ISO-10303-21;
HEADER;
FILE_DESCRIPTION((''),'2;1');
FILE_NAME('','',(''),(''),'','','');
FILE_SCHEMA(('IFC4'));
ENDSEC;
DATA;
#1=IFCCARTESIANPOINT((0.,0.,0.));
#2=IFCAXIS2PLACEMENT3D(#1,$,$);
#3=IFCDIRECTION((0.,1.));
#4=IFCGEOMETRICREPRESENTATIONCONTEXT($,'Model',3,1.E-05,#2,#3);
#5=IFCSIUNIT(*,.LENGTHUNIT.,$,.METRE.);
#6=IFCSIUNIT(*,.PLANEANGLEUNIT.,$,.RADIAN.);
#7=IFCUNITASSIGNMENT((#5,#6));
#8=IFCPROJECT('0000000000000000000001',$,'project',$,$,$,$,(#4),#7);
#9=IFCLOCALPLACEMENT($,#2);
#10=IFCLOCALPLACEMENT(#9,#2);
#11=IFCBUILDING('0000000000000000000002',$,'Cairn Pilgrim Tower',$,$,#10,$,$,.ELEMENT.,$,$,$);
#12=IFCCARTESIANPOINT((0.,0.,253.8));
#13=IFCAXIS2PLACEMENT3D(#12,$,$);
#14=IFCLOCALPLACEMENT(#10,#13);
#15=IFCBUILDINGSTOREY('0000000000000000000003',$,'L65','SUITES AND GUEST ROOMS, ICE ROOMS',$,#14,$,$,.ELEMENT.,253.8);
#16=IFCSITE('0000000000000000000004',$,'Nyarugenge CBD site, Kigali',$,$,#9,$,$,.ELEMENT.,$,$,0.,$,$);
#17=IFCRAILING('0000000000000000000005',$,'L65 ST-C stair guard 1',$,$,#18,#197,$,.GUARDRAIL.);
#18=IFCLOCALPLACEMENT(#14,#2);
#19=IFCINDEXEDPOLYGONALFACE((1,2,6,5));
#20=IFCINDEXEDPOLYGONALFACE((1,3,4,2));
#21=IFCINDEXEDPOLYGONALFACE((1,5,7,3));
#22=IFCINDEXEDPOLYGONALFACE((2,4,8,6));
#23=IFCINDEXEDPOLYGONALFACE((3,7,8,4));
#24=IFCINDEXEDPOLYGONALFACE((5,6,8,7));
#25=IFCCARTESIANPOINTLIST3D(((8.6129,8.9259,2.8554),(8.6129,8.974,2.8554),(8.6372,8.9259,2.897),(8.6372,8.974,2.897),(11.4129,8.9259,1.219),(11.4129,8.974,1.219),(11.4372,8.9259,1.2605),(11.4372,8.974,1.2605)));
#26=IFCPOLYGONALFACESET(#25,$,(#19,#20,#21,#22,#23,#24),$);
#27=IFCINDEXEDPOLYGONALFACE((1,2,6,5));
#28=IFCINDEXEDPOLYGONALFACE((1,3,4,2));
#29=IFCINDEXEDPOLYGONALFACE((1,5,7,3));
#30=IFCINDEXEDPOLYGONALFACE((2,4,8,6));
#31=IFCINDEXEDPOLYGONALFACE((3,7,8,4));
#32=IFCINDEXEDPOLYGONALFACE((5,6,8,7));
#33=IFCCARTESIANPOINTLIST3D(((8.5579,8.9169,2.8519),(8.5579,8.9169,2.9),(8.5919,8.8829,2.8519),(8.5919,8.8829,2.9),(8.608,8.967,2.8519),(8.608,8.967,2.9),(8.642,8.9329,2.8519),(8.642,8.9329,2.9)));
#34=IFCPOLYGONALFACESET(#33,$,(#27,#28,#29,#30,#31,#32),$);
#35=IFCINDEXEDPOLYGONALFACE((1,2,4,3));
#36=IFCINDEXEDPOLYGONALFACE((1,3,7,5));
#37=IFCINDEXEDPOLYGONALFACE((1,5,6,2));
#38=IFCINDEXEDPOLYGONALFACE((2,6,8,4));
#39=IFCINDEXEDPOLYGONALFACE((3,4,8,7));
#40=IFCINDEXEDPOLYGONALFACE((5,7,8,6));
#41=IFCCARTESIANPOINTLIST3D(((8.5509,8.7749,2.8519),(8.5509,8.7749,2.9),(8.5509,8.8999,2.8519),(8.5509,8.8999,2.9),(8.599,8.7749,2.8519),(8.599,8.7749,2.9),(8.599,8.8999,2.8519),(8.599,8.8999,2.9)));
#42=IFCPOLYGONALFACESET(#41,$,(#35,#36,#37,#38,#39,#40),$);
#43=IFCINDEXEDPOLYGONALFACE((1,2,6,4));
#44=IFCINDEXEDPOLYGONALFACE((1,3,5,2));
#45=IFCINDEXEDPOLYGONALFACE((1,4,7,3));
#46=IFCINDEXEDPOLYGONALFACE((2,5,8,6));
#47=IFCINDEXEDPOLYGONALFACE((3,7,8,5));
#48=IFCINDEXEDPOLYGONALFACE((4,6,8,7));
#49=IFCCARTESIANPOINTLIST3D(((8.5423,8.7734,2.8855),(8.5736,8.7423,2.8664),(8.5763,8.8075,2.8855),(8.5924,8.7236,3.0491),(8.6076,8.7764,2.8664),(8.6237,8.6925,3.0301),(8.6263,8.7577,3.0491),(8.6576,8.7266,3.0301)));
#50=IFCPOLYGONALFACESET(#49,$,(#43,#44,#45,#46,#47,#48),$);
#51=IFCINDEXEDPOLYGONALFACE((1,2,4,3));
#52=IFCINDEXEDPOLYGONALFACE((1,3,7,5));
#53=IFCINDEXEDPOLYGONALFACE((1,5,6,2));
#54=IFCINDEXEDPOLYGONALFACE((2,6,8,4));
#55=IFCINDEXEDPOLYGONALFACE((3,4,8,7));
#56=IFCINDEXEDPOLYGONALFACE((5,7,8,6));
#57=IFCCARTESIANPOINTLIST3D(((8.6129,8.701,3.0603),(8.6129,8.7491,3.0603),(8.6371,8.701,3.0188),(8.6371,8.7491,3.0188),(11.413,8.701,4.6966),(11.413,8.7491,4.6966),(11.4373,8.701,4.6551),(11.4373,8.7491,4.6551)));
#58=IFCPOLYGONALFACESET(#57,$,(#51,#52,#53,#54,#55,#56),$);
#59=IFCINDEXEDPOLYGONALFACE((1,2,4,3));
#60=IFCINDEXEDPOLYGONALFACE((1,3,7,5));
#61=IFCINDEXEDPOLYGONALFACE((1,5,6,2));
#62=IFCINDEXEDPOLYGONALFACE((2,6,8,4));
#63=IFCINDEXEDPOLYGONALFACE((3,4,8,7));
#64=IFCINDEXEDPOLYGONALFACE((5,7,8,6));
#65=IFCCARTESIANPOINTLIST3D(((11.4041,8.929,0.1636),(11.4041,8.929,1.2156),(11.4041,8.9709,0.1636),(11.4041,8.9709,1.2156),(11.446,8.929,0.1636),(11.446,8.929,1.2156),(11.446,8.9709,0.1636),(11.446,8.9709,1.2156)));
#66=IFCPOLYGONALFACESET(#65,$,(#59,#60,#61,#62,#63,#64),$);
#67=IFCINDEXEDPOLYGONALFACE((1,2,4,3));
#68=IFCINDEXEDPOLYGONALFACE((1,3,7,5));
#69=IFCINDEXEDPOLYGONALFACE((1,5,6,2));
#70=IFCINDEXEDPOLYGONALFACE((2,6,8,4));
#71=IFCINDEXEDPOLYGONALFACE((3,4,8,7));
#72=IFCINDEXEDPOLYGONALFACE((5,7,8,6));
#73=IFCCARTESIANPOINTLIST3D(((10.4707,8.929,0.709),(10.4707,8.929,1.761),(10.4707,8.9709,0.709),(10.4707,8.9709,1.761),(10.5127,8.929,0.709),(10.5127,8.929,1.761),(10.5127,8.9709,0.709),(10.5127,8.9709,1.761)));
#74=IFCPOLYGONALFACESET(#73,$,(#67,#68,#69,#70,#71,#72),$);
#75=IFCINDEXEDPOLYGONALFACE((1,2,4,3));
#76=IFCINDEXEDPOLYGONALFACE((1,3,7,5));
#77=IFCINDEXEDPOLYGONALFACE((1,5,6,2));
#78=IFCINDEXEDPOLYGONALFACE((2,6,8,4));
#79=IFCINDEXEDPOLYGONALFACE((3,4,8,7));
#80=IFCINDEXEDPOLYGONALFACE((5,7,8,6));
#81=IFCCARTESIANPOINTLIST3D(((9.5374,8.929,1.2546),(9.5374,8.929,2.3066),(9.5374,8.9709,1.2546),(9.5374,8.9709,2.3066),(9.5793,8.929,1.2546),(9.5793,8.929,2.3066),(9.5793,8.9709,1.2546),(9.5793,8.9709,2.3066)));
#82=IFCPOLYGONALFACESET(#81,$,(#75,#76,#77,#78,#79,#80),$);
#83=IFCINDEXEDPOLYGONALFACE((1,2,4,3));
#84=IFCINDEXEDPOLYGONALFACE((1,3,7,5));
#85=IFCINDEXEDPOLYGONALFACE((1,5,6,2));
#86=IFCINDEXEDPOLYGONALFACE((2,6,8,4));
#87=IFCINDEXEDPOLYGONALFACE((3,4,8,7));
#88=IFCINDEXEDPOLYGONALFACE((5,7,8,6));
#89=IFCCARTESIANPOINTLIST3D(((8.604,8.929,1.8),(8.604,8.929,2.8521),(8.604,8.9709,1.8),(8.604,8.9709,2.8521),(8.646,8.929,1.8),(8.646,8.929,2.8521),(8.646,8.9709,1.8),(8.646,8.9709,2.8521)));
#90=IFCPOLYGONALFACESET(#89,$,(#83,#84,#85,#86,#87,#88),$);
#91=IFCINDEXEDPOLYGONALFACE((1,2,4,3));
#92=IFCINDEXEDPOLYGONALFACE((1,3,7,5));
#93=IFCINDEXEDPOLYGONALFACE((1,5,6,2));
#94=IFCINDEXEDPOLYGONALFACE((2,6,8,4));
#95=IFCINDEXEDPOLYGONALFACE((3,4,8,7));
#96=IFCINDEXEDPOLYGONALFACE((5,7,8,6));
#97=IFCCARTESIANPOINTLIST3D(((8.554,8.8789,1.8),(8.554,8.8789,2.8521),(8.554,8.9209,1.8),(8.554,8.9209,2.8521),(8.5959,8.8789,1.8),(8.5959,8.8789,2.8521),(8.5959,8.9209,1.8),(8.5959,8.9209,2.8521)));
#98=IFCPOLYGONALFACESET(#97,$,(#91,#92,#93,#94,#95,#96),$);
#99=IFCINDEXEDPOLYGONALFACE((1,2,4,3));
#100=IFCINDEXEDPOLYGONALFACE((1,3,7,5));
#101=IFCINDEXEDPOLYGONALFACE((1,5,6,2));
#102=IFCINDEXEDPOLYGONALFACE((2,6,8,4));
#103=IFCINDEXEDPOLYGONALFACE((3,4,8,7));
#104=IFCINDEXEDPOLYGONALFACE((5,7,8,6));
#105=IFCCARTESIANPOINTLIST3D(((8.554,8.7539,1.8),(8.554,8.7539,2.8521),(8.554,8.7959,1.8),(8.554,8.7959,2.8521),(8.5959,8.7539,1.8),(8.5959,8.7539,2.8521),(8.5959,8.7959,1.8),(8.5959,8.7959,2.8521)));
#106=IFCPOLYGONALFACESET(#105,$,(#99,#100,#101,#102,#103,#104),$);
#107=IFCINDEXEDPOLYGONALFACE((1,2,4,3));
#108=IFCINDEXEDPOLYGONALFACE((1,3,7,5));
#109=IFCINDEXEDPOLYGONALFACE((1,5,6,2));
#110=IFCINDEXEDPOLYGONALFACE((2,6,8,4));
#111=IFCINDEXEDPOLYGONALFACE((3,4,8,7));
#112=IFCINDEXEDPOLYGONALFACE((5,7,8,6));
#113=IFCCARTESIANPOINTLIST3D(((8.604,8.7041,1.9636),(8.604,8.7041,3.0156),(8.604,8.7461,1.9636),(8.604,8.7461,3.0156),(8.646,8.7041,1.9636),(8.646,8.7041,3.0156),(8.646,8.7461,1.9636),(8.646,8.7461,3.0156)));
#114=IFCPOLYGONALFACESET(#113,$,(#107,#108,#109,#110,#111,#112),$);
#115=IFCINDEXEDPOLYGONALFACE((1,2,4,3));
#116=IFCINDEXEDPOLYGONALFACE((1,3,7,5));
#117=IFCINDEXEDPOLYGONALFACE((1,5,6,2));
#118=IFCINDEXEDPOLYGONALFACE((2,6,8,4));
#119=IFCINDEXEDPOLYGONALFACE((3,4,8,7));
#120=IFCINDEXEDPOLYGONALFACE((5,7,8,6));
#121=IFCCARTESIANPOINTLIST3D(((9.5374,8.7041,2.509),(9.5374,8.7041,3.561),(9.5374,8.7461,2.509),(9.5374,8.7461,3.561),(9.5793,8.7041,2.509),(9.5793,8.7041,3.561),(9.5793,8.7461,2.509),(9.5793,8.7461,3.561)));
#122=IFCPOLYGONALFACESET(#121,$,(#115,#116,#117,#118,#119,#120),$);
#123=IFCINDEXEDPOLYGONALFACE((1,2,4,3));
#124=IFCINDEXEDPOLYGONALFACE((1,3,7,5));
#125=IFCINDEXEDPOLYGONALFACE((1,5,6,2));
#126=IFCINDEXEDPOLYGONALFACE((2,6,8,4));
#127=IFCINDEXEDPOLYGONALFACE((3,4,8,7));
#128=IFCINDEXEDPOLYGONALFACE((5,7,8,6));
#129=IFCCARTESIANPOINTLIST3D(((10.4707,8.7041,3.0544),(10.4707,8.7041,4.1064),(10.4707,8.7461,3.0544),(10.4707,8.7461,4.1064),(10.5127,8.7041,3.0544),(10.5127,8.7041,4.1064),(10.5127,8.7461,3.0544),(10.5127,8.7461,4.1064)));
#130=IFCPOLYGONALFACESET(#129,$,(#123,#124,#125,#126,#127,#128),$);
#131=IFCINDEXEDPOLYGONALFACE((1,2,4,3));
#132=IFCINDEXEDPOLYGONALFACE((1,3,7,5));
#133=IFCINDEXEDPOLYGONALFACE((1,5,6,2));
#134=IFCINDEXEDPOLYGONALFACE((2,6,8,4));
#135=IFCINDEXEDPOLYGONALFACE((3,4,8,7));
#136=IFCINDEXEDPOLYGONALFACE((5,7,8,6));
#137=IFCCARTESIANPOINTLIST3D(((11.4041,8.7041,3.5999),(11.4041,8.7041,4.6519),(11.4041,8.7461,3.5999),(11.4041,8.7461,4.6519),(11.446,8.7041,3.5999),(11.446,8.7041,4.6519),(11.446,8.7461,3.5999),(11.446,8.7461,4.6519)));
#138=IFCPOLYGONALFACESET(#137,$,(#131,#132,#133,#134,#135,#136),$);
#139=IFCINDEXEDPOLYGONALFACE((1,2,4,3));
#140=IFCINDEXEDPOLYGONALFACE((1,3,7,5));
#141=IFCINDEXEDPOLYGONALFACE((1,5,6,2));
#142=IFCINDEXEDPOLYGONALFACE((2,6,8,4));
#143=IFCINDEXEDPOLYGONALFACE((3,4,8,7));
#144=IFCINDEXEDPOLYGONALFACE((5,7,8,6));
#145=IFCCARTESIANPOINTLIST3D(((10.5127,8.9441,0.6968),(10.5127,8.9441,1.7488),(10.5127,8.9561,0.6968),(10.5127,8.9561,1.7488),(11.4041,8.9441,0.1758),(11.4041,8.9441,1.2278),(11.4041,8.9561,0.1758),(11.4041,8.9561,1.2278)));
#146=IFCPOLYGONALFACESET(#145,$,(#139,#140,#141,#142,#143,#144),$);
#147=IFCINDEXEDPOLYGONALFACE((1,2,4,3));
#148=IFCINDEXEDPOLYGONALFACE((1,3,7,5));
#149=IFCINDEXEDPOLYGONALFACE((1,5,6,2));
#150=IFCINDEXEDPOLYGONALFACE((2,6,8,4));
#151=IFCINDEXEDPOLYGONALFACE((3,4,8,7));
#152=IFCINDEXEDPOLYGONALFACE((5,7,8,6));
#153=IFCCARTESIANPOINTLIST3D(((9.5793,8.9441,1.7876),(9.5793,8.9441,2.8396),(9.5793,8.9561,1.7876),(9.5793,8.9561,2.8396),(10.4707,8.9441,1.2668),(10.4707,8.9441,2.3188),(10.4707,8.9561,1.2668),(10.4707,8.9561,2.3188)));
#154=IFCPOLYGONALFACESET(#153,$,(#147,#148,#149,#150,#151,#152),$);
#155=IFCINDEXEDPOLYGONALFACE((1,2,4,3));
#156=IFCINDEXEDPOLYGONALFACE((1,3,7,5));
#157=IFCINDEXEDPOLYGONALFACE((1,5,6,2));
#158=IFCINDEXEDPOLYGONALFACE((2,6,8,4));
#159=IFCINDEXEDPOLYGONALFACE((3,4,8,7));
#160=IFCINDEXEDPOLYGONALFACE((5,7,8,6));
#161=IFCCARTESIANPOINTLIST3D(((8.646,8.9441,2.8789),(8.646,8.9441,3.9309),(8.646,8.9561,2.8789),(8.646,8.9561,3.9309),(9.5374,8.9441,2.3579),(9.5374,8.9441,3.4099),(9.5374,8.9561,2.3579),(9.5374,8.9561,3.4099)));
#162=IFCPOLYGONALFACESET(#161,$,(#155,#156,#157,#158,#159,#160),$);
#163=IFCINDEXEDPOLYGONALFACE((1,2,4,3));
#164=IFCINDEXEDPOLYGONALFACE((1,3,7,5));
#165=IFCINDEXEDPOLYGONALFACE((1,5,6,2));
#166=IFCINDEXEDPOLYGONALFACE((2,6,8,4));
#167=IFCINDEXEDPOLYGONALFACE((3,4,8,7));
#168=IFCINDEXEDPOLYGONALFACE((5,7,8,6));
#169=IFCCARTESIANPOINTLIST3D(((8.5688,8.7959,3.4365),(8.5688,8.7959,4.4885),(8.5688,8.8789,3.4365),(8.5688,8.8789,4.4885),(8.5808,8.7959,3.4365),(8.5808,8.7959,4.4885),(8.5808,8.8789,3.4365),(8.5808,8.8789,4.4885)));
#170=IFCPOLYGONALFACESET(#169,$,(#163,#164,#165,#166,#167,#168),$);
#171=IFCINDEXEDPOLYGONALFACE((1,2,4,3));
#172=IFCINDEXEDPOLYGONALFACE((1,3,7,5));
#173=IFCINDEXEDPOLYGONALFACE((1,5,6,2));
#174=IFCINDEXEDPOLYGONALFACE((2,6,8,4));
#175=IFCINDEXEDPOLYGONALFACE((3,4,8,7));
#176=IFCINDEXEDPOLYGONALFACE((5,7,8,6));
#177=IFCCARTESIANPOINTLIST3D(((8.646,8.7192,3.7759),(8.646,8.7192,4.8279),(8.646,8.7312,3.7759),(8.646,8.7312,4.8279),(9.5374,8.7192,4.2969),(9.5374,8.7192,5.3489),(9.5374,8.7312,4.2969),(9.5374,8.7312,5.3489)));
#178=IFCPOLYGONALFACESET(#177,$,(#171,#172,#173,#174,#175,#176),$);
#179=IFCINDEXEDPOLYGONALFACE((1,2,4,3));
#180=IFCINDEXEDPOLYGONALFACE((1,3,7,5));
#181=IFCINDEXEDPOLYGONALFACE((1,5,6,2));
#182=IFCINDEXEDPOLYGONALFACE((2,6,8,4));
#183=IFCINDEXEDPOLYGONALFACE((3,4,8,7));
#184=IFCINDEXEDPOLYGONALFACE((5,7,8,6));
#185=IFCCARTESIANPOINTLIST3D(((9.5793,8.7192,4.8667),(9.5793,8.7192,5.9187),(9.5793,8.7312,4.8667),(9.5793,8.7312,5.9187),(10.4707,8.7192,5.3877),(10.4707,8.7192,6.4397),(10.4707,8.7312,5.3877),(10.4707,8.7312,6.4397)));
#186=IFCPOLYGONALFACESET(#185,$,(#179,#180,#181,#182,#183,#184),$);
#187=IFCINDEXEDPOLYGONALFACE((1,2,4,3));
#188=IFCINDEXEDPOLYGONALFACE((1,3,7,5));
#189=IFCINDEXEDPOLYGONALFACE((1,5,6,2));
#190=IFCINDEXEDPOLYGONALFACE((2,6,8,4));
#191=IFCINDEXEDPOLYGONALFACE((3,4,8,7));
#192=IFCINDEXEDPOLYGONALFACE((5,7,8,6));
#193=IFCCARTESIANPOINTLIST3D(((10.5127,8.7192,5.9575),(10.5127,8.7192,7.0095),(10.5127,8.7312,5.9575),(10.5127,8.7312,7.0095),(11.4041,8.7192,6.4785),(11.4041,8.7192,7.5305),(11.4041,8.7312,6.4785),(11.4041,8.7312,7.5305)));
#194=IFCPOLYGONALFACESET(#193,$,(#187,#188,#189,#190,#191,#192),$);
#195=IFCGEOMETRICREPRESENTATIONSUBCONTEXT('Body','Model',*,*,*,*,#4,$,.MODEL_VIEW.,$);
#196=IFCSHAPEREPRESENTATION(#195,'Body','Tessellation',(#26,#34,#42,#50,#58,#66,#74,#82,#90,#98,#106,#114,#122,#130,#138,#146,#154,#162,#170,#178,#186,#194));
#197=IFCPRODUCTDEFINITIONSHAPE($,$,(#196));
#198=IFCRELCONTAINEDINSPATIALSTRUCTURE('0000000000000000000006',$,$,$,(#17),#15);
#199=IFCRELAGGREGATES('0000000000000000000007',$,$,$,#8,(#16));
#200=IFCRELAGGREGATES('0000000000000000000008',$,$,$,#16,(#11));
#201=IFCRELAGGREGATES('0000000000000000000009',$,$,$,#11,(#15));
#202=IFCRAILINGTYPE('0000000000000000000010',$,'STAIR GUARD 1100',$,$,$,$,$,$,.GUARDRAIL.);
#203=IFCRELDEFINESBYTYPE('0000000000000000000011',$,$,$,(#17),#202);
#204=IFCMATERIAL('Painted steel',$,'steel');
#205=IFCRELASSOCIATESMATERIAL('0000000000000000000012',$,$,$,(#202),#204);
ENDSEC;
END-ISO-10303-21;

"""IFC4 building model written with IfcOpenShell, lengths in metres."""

from ifc_helpers import new_model, si_unit, direction, frame, origin, origin_2d, place, context, subcontext, project, spatial, polyline, rectangle, outline, extrude, material, type_object, element, save


model = new_model("IFC4")

# Units and contexts
model_context = context("Model", 3, precision=1e-05, world=origin(), true_north=direction((0.0, 1.0)))
body_context = subcontext(model_context, "Body", "Model", "MODEL_VIEW")
ifc_project = project(units=[si_unit("LENGTHUNIT", "METRE"), si_unit("PLANEANGLEUNIT", "RADIAN")], contexts=[model_context])

# Site, building, storey
site_placement = place(None, origin())
site = spatial("IfcSite", under=ifc_project, at=site_placement, Name="Nyarugenge CBD site, Kigali", CompositionType="ELEMENT", RefElevation=0.0)
building_placement = place(site_placement, origin())
building = spatial("IfcBuilding", under=site, at=building_placement, Name="Cairn Pilgrim Tower", CompositionType="ELEMENT")
storey_placement = place(building_placement, frame((0.0, 0.0, 253.8)))
storey = spatial("IfcBuildingStorey", under=building, at=storey_placement, Name="L65", Description="SUITES AND GUEST ROOMS, ICE ROOMS", CompositionType="ELEMENT", Elevation=253.8)

# Shared definitions
ifc_material_1 = material(Name="Painted steel", Category="steel")

# Railing
railing_type_1 = type_object("IfcRailingType", Name="STAIR GUARD 1100", PredefinedType="GUARDRAIL", material=ifc_material_1)
railing_1_placement = place(storey_placement, frame((11.425, 8.95, 0.1636)))
element("IfcRailing", 1, at=railing_1_placement, inside=storey, type_object=railing_type_1, Name="L65 ST-C stair guard 1", PredefinedType="GUARDRAIL", context=body_context, shape_type="SweptSolid", body=[
    extrude(rectangle(XDim=0.0481, YDim=0.0481, at=origin_2d()), frame((0.0, 0.0, 1.0762), z_axis=(-0.863361, 0.0, 0.504587), x_axis=(0.0, -1.0, 0.0)), (0.0, 0.0, 1.0), 3.2432),
    extrude(rectangle(XDim=0.0481, YDim=0.0481, at=origin_2d()), frame((-2.8, 0.0, 2.7124), z_axis=(-0.707107, -0.707107, 0.0), x_axis=(0.707107, -0.707107, 0.0)), (0.0, 0.0, 1.0), 0.0708),
    extrude(rectangle(XDim=0.0481, YDim=0.0481, at=origin_2d()), frame((-2.8501, -0.05, 2.7124), z_axis=(0.0, -1.0, 0.0), x_axis=(1.0, 0.0, 0.0)), (0.0, 0.0, 1.0), 0.125),
    extrude(rectangle(XDim=0.0481, YDim=0.0481, at=origin_2d()), frame((-2.8501, -0.175, 2.7124), z_axis=(0.280917, -0.279546, 0.918118), x_axis=(0.705376, 0.708834, 0.0)), (0.0, 0.0, 1.0), 0.1782),
    extrude(rectangle(XDim=0.0481, YDim=0.0481, at=origin_2d()), frame((-2.8, -0.2249, 2.876), z_axis=(0.863394, 0.0, 0.504531), x_axis=(0.0, 1.0, 0.0)), (0.0, 0.0, 1.0), 3.2432),
    extrude(rectangle(XDim=0.042, YDim=0.042, at=origin_2d()), origin(), (0.0, 0.0, 1.0), 1.052),
    extrude(rectangle(XDim=0.042, YDim=0.042, at=origin_2d()), frame((-0.9333, 0.0, 0.5454)), (0.0, 0.0, 1.0), 1.052),
    extrude(rectangle(XDim=0.042, YDim=0.042, at=origin_2d()), frame((-1.8667, 0.0, 1.0911)), (0.0, 0.0, 1.0), 1.052),
    extrude(rectangle(XDim=0.042, YDim=0.042, at=origin_2d()), frame((-2.8, 0.0, 1.6365)), (0.0, 0.0, 1.0), 1.052),
    extrude(rectangle(XDim=0.042, YDim=0.042, at=origin_2d()), frame((-2.8501, -0.05, 1.6365)), (0.0, 0.0, 1.0), 1.052),
    extrude(rectangle(XDim=0.042, YDim=0.042, at=origin_2d()), frame((-2.8501, -0.175, 1.6365)), (0.0, 0.0, 1.0), 1.052),
    extrude(rectangle(XDim=0.042, YDim=0.042, at=origin_2d()), frame((-2.8, -0.2249, 1.8)), (0.0, 0.0, 1.0), 1.052),
    extrude(rectangle(XDim=0.042, YDim=0.042, at=origin_2d()), frame((-1.8667, -0.2249, 2.3455)), (0.0, 0.0, 1.0), 1.052),
    extrude(rectangle(XDim=0.042, YDim=0.042, at=origin_2d()), frame((-0.9333, -0.2249, 2.8909)), (0.0, 0.0, 1.0), 1.052),
    extrude(rectangle(XDim=0.042, YDim=0.042, at=origin_2d()), frame((0.0, -0.2249, 3.4363)), (0.0, 0.0, 1.0), 1.052),
    extrude(outline(polyline([(0.021, 0.0122), (0.9124, 0.5332), (0.9124, 1.5852), (0.021, 1.0642), (0.021, 0.0122)])), frame((0.0, -0.0059, 0.0), z_axis=(0.0, 1.0, 0.0), x_axis=(-1.0, 0.0, 0.0)), (0.0, 0.0, 1.0), 0.012),
    extrude(outline(polyline([(0.021, 0.5579), (0.9124, 1.0786), (0.9124, 2.1306), (0.021, 1.6099), (0.021, 0.5579)])), frame((-0.9333, -0.0059, 0.5454), z_axis=(0.0, 1.0, 0.0), x_axis=(-1.0, 0.0, 0.0)), (0.0, 0.0, 1.0), 0.012),
    extrude(outline(polyline([(0.021, 1.1033), (0.9124, 1.6243), (0.9124, 2.6763), (0.021, 2.1553), (0.021, 1.1033)])), frame((-1.8667, -0.0059, 1.0911), z_axis=(0.0, 1.0, 0.0), x_axis=(-1.0, 0.0, 0.0)), (0.0, 0.0, 1.0), 0.012),
    extrude(outline(polyline([(0.021, 1.6365), (0.104, 1.6365), (0.104, 2.6885), (0.021, 2.6885), (0.021, 1.6365)])), frame((-2.8442, -0.05, 1.6365), z_axis=(-1.0, 0.0, 0.0), x_axis=(0.0, -1.0, 0.0)), (0.0, 0.0, 1.0), 0.012),
    extrude(outline(polyline([(0.021, 1.8123), (0.9124, 2.3333), (0.9124, 3.3853), (0.021, 2.8643), (0.021, 1.8123)])), frame((-2.8, -0.2188, 1.8), z_axis=(0.0, -1.0, 0.0), x_axis=(1.0, 0.0, 0.0)), (0.0, 0.0, 1.0), 0.012),
    extrude(outline(polyline([(0.021, 2.3577), (0.9124, 2.8787), (0.9124, 3.9307), (0.021, 3.4097), (0.021, 2.3577)])), frame((-1.8667, -0.2188, 2.3455), z_axis=(0.0, -1.0, 0.0), x_axis=(1.0, 0.0, 0.0)), (0.0, 0.0, 1.0), 0.012),
    extrude(outline(polyline([(0.021, 2.9031), (0.9124, 3.4241), (0.9124, 4.4761), (0.021, 3.9551), (0.021, 2.9031)])), frame((-0.9333, -0.2188, 2.8909), z_axis=(0.0, -1.0, 0.0), x_axis=(1.0, 0.0, 0.0)), (0.0, 0.0, 1.0), 0.012),
])

save(model, "model.ifc")
